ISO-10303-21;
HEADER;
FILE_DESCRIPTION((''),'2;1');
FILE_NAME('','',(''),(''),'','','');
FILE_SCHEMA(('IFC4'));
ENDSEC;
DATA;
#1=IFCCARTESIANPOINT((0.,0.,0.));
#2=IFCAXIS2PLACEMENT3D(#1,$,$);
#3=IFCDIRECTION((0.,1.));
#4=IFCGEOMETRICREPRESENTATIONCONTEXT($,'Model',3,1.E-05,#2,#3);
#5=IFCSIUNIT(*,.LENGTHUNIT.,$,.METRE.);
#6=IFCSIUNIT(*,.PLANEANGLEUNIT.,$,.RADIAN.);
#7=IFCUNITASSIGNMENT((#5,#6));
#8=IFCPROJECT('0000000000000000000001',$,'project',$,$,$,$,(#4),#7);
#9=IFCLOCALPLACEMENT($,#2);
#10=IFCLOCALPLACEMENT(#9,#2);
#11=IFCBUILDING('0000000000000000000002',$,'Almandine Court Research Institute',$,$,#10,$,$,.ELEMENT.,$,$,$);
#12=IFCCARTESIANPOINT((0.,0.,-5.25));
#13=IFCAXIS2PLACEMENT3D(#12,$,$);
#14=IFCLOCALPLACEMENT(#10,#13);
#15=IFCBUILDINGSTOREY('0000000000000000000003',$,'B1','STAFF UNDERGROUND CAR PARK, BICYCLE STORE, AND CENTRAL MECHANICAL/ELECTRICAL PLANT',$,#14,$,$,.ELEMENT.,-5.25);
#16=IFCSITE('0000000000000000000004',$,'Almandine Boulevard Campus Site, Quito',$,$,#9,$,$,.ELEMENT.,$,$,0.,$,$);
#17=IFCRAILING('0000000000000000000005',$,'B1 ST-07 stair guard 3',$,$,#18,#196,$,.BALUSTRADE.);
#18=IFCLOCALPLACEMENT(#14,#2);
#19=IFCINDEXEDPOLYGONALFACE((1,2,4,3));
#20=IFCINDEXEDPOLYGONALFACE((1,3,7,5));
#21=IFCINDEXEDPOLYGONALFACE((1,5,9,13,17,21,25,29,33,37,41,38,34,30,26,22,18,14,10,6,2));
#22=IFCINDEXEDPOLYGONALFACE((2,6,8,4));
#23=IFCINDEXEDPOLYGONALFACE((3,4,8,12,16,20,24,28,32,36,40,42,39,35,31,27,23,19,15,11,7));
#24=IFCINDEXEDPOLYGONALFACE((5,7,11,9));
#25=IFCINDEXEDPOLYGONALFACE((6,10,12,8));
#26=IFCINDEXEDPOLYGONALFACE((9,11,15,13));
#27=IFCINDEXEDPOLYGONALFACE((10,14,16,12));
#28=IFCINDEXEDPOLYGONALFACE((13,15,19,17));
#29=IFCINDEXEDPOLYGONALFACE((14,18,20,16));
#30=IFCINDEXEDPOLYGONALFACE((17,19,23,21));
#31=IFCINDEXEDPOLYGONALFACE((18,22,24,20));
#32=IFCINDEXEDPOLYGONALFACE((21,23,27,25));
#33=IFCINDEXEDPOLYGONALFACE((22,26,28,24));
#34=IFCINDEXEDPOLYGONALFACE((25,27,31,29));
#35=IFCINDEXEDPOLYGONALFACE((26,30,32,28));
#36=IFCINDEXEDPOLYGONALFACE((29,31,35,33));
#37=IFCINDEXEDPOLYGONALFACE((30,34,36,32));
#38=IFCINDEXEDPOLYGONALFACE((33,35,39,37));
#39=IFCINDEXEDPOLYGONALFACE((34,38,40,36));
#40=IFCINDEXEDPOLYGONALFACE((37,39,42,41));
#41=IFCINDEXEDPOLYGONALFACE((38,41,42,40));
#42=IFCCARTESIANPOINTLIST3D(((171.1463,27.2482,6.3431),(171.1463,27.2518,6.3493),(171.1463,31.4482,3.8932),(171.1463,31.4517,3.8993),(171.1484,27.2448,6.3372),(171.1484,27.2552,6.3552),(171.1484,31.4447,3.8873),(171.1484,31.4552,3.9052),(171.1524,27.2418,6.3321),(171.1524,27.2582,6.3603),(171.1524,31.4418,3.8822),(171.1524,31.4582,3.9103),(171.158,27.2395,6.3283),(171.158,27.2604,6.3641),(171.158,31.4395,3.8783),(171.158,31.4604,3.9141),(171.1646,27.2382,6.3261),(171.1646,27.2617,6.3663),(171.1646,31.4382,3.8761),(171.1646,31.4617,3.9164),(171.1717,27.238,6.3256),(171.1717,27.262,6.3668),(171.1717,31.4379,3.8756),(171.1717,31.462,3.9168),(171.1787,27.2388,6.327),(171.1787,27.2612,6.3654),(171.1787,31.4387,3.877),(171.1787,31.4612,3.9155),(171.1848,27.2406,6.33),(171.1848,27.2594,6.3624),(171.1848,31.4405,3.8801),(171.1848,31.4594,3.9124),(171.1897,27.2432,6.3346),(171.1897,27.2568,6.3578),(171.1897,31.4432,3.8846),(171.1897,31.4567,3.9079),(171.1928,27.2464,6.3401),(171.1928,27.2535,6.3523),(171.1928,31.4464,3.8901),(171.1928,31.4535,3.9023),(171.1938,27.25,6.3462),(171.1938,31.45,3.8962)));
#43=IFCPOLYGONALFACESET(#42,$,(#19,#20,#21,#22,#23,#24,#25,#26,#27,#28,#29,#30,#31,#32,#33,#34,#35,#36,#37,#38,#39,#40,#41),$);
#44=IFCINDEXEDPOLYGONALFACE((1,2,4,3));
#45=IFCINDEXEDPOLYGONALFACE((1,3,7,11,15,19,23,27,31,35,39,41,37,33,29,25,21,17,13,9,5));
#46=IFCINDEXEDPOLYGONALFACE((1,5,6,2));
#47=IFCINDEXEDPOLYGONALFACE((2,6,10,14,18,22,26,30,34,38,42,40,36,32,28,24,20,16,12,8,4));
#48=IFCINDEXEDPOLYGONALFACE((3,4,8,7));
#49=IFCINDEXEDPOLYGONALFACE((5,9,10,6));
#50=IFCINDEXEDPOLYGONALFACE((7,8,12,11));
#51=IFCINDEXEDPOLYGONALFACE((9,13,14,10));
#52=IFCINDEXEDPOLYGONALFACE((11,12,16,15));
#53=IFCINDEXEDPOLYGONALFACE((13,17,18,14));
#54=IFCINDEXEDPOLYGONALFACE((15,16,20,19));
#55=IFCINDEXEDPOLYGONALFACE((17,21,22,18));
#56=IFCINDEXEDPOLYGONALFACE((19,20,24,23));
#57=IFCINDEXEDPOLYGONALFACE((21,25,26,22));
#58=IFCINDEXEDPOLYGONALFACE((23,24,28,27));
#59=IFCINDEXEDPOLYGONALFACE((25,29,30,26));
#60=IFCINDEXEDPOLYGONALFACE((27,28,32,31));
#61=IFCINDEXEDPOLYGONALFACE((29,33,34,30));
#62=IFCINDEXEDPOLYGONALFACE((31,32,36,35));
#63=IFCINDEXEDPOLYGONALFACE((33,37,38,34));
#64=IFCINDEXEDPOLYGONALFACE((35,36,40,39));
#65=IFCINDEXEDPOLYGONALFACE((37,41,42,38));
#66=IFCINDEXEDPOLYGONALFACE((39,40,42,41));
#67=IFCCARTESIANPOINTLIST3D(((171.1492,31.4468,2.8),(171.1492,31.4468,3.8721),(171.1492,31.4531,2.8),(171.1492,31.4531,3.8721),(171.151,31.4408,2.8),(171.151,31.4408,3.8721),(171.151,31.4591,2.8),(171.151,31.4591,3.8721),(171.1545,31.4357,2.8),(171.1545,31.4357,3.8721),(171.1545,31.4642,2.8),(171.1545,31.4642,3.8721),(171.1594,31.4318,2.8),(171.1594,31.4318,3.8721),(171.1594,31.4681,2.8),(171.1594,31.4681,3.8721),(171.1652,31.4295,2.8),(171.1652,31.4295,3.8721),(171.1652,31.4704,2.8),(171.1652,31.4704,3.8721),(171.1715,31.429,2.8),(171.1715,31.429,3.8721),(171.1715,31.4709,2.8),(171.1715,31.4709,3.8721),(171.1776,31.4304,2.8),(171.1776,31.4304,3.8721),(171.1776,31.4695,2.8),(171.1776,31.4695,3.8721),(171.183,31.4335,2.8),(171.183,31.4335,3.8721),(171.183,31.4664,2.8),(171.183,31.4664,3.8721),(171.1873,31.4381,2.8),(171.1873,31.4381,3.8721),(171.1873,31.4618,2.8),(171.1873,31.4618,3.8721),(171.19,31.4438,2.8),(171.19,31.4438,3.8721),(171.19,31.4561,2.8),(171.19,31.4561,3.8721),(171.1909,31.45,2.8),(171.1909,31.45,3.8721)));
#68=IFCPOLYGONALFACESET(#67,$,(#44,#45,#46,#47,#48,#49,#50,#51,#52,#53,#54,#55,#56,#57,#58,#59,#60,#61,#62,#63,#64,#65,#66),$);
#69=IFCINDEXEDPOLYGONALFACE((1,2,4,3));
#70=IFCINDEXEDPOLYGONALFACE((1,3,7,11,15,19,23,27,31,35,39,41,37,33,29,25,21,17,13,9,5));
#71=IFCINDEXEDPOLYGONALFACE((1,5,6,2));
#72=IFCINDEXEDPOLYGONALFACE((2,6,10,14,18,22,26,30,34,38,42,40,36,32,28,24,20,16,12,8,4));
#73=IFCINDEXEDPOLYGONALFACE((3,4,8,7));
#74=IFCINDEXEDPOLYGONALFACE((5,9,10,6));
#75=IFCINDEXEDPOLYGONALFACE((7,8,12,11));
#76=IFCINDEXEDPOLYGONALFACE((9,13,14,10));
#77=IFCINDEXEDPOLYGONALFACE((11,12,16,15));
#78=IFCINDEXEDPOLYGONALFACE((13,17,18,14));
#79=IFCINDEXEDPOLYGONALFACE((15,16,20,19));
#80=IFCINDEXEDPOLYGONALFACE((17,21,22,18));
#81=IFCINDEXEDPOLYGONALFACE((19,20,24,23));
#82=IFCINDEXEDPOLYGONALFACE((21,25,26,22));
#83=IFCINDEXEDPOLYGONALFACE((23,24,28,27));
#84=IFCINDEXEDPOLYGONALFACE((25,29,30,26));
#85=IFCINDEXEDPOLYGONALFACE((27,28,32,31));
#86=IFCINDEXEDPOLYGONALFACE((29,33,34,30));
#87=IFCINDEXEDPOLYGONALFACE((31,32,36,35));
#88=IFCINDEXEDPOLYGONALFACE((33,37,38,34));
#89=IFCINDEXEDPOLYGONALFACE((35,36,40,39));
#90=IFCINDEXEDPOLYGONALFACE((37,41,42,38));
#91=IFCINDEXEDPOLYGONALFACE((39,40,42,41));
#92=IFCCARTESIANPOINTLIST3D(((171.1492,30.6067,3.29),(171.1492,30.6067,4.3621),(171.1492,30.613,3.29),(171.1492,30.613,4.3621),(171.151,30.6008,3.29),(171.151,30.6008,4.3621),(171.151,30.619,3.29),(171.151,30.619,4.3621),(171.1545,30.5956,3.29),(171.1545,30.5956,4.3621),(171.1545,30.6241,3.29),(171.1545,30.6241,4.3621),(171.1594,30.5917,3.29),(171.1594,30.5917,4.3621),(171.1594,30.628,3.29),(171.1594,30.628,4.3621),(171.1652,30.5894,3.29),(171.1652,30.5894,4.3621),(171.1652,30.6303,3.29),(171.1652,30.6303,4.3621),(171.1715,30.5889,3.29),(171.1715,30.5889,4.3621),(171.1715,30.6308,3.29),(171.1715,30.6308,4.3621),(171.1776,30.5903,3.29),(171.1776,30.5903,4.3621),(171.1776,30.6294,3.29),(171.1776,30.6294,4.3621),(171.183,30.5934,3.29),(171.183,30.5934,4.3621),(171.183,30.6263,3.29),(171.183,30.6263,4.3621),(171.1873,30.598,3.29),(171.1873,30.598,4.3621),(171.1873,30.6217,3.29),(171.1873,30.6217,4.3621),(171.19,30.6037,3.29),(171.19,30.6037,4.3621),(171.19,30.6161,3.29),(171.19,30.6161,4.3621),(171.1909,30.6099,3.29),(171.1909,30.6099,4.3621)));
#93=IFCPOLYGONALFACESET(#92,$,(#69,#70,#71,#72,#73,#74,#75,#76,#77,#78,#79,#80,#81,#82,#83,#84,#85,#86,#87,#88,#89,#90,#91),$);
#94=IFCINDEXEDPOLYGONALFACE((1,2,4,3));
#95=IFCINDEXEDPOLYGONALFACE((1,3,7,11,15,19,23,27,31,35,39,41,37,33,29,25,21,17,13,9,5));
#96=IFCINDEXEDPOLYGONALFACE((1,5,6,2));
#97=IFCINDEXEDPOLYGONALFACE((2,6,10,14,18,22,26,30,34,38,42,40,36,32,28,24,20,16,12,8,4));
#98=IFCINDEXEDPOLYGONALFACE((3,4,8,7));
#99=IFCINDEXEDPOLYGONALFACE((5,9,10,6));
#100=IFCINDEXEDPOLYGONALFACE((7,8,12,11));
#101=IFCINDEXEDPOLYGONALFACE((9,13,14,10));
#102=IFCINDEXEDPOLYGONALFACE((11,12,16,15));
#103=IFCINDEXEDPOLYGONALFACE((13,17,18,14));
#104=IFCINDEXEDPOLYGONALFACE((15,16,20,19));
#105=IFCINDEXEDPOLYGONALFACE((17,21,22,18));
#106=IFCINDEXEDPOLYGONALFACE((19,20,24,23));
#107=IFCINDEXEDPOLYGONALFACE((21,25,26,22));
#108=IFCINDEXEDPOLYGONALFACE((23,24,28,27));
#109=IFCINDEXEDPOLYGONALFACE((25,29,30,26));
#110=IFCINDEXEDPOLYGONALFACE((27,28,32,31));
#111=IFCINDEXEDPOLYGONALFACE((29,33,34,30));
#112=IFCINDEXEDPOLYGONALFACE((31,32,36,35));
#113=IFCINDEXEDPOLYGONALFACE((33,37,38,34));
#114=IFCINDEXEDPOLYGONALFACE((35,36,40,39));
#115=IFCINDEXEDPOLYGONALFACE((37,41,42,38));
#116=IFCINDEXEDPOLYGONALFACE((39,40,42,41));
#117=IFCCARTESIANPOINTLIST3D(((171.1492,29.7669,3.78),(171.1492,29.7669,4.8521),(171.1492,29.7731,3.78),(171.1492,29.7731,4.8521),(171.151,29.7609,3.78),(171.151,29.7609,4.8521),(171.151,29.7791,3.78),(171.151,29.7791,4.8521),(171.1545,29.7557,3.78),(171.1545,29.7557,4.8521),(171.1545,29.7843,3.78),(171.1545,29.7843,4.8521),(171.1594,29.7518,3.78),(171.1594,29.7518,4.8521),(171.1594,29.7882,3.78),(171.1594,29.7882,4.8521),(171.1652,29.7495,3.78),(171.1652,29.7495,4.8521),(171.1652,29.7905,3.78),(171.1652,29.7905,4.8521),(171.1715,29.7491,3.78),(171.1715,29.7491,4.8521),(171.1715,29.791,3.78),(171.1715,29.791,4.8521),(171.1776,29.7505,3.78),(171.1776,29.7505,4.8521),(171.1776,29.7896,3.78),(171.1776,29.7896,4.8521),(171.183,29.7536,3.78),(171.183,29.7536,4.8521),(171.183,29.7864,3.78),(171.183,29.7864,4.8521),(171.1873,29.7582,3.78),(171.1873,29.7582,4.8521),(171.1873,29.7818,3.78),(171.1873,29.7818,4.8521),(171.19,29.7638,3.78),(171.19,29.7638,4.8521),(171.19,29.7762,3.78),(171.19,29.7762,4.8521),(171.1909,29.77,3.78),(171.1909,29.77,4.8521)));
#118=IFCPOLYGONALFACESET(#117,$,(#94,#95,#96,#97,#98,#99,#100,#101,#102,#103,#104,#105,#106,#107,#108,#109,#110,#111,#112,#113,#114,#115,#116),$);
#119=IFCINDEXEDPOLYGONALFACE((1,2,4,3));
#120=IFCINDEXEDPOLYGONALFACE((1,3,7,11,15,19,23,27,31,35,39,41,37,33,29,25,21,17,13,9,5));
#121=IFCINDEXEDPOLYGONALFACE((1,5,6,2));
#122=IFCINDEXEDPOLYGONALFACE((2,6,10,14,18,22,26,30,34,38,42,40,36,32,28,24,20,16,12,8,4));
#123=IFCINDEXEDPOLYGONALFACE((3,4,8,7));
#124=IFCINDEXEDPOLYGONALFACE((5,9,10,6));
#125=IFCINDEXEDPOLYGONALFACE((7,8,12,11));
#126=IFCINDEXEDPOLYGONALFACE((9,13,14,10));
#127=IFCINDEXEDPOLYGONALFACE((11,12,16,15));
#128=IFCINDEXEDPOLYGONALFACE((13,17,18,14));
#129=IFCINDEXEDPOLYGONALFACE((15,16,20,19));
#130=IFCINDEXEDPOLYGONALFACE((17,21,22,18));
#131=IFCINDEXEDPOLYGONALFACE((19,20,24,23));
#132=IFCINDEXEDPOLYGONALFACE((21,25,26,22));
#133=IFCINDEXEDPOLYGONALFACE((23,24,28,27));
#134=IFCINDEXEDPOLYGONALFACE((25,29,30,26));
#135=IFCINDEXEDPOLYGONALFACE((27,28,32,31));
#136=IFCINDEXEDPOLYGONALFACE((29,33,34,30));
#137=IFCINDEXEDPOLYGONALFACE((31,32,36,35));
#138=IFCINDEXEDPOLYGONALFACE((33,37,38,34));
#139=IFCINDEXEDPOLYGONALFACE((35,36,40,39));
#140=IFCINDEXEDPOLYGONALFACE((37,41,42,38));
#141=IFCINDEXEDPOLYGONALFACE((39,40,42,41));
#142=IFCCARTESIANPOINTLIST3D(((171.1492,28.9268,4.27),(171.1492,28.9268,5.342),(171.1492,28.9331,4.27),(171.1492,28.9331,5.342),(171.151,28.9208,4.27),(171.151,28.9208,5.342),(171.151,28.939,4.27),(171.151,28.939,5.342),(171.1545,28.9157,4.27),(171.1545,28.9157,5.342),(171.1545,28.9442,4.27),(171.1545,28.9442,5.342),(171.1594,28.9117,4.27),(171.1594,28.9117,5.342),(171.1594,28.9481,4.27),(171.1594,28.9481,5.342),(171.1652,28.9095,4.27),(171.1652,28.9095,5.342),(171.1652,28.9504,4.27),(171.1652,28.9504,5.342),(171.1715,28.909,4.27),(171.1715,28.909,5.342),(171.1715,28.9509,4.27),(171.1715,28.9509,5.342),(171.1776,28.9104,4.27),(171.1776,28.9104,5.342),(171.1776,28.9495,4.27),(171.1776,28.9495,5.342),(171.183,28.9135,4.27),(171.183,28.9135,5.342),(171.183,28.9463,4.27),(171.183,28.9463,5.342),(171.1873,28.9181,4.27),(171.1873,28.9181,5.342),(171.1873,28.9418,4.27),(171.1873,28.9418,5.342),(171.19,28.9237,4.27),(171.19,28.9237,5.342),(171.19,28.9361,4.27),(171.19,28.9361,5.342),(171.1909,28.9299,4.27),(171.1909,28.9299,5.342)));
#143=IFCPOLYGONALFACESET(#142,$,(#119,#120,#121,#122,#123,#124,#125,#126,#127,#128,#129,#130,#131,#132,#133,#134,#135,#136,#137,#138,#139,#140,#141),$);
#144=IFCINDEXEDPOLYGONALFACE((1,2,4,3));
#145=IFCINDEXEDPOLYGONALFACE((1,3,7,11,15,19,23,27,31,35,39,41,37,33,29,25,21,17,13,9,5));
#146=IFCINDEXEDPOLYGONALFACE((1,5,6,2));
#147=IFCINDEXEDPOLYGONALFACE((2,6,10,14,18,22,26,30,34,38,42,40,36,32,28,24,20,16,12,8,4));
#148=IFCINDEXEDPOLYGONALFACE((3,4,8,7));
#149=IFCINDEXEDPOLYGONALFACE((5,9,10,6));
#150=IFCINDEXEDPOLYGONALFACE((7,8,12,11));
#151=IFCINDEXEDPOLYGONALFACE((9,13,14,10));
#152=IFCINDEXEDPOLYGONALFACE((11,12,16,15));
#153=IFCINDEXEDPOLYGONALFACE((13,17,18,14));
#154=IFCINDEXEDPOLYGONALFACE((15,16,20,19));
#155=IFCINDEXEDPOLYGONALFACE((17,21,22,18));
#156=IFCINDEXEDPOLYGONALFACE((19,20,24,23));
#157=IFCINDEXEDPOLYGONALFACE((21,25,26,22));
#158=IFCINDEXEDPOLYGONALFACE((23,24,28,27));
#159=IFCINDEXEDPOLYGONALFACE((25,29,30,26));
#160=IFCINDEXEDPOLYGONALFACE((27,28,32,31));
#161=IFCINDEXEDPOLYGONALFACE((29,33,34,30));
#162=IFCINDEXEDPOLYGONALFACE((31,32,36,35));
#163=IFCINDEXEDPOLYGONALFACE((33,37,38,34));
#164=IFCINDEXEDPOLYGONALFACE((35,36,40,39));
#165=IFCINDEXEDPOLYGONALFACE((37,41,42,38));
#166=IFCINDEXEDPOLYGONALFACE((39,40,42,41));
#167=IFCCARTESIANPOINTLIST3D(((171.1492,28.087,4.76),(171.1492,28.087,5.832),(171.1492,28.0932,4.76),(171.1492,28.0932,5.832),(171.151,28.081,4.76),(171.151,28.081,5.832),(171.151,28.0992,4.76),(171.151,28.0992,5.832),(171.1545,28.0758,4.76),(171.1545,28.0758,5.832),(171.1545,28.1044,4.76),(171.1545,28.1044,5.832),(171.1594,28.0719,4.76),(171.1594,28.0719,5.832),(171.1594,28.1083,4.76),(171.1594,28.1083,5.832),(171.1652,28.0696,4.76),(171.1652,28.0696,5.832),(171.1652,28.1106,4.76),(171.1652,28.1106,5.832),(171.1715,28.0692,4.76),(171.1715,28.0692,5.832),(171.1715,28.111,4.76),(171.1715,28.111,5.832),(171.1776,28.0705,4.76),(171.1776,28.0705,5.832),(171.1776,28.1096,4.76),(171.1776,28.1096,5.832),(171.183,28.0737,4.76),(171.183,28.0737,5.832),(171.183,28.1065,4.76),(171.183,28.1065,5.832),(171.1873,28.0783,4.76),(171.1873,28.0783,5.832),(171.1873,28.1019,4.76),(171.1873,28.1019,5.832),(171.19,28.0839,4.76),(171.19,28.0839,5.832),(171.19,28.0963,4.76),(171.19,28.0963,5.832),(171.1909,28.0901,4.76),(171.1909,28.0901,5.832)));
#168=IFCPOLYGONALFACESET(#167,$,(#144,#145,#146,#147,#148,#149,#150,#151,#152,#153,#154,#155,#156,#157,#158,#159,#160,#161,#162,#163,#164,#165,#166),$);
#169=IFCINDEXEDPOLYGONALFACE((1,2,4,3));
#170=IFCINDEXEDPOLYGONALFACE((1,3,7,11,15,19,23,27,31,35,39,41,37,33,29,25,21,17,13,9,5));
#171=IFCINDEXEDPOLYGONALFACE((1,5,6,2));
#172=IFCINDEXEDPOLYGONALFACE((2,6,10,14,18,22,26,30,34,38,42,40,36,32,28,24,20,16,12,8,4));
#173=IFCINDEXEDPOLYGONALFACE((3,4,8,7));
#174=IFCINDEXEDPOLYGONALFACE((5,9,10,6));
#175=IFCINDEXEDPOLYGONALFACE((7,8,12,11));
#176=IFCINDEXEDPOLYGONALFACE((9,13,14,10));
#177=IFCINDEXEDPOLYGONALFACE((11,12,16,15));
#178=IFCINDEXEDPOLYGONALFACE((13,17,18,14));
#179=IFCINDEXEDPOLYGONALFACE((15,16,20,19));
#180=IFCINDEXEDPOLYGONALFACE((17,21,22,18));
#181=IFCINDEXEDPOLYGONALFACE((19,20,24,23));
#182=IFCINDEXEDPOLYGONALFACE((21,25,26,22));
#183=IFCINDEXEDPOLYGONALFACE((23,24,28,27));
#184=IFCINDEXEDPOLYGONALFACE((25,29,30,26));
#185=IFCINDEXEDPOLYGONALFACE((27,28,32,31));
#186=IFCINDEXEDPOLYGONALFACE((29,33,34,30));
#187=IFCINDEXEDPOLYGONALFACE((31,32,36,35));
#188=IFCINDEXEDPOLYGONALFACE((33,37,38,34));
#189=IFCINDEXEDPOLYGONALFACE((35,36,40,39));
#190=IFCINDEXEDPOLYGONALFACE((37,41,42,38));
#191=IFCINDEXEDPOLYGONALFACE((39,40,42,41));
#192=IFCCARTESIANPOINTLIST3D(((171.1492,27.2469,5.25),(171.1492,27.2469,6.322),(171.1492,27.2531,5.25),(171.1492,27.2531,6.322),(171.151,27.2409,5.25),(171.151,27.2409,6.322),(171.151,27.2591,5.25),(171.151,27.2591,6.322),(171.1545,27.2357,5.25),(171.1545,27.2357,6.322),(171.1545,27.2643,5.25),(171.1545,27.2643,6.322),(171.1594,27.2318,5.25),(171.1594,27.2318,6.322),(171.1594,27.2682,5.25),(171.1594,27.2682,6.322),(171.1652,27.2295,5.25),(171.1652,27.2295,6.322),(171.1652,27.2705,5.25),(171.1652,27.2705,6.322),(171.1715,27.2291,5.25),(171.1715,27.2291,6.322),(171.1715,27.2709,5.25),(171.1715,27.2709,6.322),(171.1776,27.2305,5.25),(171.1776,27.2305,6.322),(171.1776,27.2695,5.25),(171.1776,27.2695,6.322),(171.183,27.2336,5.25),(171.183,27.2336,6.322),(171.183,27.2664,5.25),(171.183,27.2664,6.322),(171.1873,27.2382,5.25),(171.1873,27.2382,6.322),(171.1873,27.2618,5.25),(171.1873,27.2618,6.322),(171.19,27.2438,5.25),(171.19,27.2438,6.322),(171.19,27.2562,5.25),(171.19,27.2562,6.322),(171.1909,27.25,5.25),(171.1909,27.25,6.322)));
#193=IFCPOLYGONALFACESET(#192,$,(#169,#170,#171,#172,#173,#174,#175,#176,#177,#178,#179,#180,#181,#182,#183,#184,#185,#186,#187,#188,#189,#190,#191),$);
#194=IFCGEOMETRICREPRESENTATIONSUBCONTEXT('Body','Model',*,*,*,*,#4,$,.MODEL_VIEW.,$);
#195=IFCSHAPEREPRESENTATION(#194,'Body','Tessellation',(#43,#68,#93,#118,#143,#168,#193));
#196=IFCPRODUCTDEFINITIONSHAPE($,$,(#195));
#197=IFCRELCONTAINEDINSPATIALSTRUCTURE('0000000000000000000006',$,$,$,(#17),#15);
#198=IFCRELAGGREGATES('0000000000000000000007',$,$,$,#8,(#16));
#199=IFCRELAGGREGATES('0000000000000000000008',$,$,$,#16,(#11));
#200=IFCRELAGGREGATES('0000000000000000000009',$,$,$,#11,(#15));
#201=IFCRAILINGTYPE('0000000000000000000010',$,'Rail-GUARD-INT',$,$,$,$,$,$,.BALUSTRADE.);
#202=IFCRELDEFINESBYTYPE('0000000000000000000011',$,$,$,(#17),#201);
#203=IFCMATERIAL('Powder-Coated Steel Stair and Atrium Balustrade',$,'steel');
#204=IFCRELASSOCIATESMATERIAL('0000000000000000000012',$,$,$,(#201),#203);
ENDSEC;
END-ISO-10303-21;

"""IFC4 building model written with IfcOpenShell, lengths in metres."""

from ifc_helpers import new_model, si_unit, direction, frame, origin, origin_2d, place, context, subcontext, project, spatial, circle, extrude, material, type_object, element, save


model = new_model("IFC4")

# Units and contexts
model_context = context("Model", 3, precision=1e-05, world=origin(), true_north=direction((0.0, 1.0)))
body_context = subcontext(model_context, "Body", "Model", "MODEL_VIEW")
ifc_project = project(units=[si_unit("LENGTHUNIT", "METRE"), si_unit("PLANEANGLEUNIT", "RADIAN")], contexts=[model_context])

# Site, building, storey
site_placement = place(None, origin())
site = spatial("IfcSite", under=ifc_project, at=site_placement, Name="Almandine Boulevard Campus Site, Quito", CompositionType="ELEMENT", RefElevation=0.0)
building_placement = place(site_placement, origin())
building = spatial("IfcBuilding", under=site, at=building_placement, Name="Almandine Court Research Institute", CompositionType="ELEMENT")
storey_placement = place(building_placement, frame((0.0, 0.0, -5.25)))
storey = spatial("IfcBuildingStorey", under=building, at=storey_placement, Name="B1", Description="STAFF UNDERGROUND CAR PARK, BICYCLE STORE, AND CENTRAL MECHANICAL/ELECTRICAL PLANT", CompositionType="ELEMENT", Elevation=-5.25)

# Railing
ifc_material_1 = material(Name="Powder-Coated Steel Stair and Atrium Balustrade", Category="steel")
railing_type_1 = type_object("IfcRailingType", Name="Rail-GUARD-INT", PredefinedType="BALUSTRADE", material=ifc_material_1)
railing_1_placement = place(storey_placement, frame((171.1699, 31.45, 2.8)))
element("IfcRailing", 1, at=railing_1_placement, inside=storey, type_object=railing_type_1, Name="B1 ST-07 stair guard 3", PredefinedType="BALUSTRADE", context=body_context, shape_type="SweptSolid", body=[
    extrude(circle(Radius=0.0239, at=origin_2d()), frame((0.0, 0.0, 1.0962), z_axis=(0.0, -0.863781, 0.503868), x_axis=(1.0, 0.0, 0.0)), (0.0, 0.0, 1.0), 4.8623),
    extrude(circle(Radius=0.021, at=origin_2d()), origin(), (0.0, 0.0, 1.0), 1.072),
    extrude(circle(Radius=0.021, at=origin_2d()), frame((0.0, -0.8401, 0.49)), (0.0, 0.0, 1.0), 1.072),
    extrude(circle(Radius=0.021, at=origin_2d()), frame((0.0, -1.6799, 0.98)), (0.0, 0.0, 1.0), 1.072),
    extrude(circle(Radius=0.021, at=origin_2d()), frame((0.0, -2.52, 1.47)), (0.0, 0.0, 1.0), 1.072),
    extrude(circle(Radius=0.021, at=origin_2d()), frame((0.0, -3.3599, 1.96)), (0.0, 0.0, 1.0), 1.072),
    extrude(circle(Radius=0.021, at=origin_2d()), frame((0.0, -4.2, 2.45)), (0.0, 0.0, 1.0), 1.072),
])

save(model, "model.ifc")
